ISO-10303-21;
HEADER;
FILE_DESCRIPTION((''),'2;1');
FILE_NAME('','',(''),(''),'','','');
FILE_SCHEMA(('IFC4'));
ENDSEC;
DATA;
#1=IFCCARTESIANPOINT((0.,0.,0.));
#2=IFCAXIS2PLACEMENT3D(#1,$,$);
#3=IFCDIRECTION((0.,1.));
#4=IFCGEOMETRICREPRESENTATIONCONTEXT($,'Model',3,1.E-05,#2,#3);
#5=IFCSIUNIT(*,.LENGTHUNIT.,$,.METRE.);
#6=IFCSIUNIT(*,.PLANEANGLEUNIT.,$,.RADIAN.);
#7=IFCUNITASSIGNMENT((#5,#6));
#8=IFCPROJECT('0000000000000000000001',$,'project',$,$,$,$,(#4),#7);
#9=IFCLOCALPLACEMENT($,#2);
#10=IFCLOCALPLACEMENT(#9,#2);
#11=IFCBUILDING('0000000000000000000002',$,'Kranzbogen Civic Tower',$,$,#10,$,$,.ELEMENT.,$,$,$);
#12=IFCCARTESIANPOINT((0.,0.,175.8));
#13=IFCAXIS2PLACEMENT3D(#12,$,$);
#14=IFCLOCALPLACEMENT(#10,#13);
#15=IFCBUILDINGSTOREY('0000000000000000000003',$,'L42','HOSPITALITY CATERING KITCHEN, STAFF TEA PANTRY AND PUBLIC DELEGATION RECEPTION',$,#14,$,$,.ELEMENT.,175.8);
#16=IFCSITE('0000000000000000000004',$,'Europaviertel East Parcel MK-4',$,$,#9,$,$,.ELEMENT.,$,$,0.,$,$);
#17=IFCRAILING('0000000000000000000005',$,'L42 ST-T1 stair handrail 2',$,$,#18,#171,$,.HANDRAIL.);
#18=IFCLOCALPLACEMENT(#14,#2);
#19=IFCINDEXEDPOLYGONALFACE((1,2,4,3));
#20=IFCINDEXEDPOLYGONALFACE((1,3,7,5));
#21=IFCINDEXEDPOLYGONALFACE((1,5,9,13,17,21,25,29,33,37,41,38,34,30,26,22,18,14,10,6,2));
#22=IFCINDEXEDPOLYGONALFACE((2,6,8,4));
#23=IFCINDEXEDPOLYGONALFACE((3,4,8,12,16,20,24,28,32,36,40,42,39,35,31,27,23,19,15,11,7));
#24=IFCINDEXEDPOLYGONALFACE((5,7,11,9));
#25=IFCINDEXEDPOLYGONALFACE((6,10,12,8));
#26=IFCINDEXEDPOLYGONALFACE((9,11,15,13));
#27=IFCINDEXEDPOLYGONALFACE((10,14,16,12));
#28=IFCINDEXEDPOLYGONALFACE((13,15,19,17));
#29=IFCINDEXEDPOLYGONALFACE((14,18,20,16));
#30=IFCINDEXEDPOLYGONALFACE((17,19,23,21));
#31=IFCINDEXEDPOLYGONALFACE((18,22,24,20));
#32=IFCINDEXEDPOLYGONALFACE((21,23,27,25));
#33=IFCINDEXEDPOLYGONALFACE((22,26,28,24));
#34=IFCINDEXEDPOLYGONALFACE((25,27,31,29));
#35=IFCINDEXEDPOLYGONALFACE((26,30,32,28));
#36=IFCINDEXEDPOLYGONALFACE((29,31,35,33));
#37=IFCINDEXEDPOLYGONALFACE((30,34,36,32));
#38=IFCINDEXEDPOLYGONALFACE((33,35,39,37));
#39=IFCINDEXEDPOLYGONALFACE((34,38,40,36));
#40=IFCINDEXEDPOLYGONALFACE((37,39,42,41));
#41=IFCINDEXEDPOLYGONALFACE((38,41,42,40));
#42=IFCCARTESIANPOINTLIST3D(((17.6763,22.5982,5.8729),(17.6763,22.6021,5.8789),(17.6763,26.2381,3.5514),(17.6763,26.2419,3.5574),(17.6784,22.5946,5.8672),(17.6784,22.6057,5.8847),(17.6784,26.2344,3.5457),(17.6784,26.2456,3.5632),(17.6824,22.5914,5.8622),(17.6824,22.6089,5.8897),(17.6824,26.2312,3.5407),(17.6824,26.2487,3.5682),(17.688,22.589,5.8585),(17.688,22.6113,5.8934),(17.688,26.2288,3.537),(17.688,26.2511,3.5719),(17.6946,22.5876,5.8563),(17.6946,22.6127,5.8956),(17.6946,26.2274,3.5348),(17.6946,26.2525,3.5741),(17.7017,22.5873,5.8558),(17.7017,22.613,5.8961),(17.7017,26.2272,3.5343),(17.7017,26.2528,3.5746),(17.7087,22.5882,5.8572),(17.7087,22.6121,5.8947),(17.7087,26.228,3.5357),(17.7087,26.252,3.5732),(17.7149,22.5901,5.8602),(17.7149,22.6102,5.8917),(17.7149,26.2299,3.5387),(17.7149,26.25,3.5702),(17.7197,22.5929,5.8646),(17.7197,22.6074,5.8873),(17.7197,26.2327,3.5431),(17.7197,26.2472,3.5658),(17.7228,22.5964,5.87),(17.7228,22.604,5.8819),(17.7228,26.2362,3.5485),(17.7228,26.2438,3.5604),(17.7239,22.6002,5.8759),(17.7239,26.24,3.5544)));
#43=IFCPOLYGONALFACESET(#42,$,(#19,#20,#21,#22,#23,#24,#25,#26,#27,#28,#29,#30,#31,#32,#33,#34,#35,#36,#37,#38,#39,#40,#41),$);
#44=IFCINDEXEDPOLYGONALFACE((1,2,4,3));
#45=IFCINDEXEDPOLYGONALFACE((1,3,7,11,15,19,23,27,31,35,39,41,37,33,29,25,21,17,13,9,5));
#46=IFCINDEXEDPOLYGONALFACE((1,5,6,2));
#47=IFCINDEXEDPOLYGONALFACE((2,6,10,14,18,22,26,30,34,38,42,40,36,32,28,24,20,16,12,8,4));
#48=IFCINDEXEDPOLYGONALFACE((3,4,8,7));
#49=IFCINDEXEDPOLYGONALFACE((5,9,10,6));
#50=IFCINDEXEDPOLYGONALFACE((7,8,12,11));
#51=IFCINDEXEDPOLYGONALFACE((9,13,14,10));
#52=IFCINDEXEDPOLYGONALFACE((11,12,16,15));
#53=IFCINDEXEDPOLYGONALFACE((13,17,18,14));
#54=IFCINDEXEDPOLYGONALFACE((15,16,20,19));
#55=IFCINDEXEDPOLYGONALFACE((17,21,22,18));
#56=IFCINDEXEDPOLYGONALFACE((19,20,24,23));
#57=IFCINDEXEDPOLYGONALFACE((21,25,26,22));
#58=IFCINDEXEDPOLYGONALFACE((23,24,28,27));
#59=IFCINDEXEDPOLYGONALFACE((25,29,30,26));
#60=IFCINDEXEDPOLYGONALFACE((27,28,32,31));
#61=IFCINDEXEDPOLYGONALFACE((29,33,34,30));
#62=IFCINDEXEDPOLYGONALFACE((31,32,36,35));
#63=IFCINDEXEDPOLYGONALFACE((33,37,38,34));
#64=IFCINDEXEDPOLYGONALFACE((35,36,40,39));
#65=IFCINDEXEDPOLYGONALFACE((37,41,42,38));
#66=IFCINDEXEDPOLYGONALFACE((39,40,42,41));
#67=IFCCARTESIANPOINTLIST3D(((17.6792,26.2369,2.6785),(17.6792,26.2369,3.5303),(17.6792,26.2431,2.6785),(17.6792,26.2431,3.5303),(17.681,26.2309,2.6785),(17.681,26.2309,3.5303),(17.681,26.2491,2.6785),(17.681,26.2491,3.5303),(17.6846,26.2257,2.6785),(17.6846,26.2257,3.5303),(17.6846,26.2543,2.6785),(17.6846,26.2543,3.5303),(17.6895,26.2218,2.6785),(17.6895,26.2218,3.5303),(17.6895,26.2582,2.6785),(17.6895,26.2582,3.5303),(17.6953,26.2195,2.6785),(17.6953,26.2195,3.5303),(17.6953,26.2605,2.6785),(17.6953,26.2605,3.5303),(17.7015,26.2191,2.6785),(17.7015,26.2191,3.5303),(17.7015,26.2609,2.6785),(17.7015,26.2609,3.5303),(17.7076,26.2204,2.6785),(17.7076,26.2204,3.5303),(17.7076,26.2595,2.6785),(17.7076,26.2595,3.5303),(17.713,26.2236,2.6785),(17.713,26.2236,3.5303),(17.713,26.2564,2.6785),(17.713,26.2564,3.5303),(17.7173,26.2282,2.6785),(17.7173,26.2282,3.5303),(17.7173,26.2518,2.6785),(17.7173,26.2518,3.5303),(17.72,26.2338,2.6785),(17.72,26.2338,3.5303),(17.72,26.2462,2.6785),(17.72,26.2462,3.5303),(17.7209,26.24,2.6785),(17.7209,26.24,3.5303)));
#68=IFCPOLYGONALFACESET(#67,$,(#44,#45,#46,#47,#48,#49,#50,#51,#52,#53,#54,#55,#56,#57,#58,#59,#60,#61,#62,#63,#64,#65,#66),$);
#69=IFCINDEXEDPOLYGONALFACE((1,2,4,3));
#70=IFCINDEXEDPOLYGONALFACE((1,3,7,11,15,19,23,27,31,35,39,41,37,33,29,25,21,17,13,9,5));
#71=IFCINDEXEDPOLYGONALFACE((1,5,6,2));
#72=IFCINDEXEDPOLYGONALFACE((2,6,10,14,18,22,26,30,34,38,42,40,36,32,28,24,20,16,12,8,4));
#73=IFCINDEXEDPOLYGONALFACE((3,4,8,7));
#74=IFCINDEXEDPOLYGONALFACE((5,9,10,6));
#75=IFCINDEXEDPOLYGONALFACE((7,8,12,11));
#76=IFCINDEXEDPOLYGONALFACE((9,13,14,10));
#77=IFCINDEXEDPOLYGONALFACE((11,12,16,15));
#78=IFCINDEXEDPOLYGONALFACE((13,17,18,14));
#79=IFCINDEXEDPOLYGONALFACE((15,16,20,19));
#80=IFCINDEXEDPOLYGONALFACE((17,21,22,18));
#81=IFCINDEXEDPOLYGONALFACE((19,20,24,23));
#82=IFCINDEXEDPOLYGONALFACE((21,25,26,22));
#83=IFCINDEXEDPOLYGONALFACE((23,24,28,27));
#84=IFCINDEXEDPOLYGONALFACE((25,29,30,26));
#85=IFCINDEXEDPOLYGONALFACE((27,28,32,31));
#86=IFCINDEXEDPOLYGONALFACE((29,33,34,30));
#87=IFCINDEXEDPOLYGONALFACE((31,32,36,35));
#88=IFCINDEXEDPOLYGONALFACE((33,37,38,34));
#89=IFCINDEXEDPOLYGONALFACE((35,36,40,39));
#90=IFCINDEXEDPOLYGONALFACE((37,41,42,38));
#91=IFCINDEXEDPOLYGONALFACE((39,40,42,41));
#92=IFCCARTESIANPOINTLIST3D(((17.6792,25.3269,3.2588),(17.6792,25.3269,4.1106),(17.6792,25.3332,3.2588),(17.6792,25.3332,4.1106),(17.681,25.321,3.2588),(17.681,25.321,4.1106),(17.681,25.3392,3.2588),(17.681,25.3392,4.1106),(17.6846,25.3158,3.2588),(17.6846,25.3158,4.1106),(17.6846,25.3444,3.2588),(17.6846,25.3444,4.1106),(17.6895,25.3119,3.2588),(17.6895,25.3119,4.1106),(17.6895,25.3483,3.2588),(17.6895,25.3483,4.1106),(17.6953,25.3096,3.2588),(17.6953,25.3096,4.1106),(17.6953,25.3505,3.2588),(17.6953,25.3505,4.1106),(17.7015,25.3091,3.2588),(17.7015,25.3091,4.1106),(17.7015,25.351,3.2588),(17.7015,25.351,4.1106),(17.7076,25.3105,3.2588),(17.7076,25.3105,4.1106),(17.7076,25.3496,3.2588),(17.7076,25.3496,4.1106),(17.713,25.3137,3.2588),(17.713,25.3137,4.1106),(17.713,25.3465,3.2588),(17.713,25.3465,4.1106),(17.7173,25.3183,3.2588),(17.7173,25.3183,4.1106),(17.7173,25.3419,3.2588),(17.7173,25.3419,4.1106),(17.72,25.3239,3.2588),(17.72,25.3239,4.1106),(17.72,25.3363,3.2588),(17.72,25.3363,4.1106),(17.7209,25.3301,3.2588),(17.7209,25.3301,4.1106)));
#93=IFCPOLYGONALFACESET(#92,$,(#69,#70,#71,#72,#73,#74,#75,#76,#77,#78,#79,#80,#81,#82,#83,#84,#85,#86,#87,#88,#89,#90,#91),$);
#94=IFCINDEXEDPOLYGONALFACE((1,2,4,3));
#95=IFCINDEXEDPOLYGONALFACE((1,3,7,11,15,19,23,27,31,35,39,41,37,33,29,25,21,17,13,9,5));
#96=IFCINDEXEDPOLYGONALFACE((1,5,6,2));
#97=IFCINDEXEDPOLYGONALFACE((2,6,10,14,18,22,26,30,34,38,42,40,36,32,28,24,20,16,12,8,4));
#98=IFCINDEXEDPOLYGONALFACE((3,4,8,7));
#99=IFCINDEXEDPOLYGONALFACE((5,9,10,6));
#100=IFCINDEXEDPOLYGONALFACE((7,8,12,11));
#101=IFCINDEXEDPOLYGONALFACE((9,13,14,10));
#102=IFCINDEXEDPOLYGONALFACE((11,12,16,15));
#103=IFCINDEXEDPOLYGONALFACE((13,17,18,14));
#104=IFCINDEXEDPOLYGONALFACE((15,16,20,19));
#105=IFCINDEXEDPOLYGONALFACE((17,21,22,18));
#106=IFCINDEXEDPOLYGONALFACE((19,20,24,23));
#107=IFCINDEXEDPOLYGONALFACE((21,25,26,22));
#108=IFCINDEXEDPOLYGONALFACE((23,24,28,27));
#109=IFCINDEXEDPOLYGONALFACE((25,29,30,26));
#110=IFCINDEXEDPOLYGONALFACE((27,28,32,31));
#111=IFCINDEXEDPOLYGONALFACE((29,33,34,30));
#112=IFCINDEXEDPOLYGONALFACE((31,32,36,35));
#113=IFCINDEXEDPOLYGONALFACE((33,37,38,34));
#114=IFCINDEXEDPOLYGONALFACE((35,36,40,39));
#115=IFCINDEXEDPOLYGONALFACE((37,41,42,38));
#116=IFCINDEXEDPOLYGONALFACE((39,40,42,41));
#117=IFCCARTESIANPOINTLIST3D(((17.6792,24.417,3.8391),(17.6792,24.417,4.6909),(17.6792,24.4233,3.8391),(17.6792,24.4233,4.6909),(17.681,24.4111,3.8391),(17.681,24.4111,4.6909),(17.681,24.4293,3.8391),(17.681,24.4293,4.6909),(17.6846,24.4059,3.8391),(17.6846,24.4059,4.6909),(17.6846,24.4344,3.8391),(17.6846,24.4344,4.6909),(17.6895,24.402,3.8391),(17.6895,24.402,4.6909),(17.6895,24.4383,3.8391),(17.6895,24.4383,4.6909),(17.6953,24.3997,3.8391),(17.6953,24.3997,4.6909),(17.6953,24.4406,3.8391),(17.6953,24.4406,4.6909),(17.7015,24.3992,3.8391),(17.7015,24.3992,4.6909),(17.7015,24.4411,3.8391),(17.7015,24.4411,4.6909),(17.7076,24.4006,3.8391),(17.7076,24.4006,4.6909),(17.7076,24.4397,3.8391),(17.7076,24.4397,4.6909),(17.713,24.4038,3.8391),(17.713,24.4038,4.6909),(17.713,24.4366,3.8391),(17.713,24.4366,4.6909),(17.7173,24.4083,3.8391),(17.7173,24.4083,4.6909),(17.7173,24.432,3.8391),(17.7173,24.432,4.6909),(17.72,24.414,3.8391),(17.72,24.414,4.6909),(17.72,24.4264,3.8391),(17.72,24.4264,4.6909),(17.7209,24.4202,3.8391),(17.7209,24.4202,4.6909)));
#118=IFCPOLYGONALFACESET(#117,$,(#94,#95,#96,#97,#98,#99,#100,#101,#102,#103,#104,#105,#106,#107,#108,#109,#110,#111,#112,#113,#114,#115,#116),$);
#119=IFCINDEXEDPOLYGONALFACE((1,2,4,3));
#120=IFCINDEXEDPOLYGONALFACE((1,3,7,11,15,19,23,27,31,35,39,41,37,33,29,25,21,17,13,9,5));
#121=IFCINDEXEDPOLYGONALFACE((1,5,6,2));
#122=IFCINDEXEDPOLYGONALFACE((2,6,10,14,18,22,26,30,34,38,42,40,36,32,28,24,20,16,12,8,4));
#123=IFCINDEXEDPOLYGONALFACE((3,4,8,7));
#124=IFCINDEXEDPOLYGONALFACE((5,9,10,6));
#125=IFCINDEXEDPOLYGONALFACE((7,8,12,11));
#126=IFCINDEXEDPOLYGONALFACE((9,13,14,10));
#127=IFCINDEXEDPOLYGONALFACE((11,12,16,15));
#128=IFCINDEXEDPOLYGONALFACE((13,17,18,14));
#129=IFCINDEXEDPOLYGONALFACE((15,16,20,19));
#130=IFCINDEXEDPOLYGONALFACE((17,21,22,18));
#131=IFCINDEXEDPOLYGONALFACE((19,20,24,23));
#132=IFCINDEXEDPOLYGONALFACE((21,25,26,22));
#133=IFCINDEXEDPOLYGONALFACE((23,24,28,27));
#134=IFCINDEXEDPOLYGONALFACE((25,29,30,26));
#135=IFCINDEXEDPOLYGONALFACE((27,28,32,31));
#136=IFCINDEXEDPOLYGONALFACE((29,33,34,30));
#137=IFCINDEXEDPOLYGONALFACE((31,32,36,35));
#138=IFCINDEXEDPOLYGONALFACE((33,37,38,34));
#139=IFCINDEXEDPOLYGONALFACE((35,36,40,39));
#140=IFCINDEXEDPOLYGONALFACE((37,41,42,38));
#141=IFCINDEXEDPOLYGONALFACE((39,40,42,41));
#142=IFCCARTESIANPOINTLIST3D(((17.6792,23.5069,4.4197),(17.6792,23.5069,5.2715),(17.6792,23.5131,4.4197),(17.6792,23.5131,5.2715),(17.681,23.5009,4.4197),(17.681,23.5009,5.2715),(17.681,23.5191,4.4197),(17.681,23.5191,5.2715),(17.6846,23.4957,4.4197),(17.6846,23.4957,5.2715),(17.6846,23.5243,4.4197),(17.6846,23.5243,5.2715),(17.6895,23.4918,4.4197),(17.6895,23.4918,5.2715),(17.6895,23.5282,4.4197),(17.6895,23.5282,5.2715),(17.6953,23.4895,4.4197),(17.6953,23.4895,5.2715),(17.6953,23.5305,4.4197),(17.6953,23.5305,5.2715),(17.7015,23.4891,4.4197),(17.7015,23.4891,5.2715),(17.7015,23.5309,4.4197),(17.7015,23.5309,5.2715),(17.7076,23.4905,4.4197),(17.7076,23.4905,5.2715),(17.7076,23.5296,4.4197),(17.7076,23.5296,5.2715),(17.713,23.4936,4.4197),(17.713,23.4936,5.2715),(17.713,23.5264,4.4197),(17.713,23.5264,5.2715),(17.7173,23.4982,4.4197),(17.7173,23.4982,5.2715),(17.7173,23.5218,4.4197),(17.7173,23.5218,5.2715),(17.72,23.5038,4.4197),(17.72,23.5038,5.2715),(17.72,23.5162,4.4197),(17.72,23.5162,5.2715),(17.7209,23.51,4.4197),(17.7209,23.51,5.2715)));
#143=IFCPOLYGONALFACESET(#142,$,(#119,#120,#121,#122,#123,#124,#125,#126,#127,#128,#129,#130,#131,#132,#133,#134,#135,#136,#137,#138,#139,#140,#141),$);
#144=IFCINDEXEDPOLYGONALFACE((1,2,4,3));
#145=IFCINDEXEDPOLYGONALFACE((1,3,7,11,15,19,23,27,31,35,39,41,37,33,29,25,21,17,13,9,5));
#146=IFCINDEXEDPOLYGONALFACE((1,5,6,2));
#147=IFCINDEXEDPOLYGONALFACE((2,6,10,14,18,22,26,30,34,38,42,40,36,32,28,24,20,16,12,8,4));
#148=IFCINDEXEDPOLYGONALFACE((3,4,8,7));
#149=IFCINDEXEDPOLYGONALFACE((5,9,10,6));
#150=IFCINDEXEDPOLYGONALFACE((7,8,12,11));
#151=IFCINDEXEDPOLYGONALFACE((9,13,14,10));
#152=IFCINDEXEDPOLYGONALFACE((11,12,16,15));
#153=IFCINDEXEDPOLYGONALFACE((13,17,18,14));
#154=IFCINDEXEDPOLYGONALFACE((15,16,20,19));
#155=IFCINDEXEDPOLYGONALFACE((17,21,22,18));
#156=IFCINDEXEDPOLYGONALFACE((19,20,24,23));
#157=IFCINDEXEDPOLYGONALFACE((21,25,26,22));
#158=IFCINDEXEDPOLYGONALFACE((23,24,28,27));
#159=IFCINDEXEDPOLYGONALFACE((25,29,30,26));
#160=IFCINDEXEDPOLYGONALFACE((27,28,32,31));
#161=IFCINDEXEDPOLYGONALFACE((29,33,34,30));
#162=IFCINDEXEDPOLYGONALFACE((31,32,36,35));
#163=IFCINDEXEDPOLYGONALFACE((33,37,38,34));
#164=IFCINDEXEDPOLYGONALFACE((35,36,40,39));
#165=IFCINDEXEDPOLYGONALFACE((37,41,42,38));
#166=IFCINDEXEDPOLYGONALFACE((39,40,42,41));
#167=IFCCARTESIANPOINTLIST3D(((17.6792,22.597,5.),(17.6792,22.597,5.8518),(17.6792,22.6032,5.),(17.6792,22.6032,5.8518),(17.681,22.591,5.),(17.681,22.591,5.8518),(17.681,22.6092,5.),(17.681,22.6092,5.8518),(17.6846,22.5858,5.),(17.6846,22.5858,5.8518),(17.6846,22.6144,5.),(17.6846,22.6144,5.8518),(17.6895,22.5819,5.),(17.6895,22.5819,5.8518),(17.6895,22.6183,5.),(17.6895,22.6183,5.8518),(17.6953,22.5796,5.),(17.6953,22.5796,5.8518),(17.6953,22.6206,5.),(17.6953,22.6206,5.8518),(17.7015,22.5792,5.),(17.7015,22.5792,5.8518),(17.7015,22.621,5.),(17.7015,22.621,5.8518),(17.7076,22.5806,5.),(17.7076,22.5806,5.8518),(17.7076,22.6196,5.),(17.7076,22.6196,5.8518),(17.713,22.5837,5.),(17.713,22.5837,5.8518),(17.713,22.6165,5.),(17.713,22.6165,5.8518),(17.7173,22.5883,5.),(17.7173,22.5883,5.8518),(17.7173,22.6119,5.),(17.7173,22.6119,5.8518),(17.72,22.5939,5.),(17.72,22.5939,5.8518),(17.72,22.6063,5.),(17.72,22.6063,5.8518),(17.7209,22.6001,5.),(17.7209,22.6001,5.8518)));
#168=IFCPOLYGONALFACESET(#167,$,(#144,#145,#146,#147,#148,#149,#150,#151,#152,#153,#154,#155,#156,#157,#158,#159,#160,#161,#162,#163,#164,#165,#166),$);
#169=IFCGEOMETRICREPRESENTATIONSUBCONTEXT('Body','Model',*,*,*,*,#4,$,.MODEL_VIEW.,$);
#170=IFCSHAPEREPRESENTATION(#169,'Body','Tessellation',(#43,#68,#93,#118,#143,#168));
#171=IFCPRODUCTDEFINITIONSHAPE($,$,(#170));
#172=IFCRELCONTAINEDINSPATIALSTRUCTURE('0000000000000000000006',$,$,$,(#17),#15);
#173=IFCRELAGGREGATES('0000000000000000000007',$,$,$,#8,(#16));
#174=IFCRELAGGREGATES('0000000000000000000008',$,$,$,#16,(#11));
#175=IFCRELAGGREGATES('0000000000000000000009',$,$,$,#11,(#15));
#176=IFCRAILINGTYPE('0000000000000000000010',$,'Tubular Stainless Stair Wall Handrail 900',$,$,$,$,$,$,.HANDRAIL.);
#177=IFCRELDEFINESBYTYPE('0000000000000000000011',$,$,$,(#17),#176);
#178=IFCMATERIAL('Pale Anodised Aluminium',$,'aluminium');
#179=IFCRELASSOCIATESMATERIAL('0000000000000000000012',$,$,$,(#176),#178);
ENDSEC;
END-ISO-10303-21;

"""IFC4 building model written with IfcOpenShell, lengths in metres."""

from ifc_helpers import new_model, si_unit, direction, frame, origin, origin_2d, place, context, subcontext, project, spatial, circle, extrude, material, type_object, element, save


model = new_model("IFC4")

# Units and contexts
model_context = context("Model", 3, precision=1e-05, world=origin(), true_north=direction((0.0, 1.0)))
body_context = subcontext(model_context, "Body", "Model", "MODEL_VIEW")
ifc_project = project(units=[si_unit("LENGTHUNIT", "METRE"), si_unit("PLANEANGLEUNIT", "RADIAN")], contexts=[model_context])

# Site, building, storey
site_placement = place(None, origin())
site = spatial("IfcSite", under=ifc_project, at=site_placement, Name="Europaviertel East Parcel MK-4", CompositionType="ELEMENT", RefElevation=0.0)
building_placement = place(site_placement, origin())
building = spatial("IfcBuilding", under=site, at=building_placement, Name="Kranzbogen Civic Tower", CompositionType="ELEMENT")
storey_placement = place(building_placement, frame((0.0, 0.0, 175.8)))
storey = spatial("IfcBuildingStorey", under=building, at=storey_placement, Name="L42", Description="HOSPITALITY CATERING KITCHEN, STAFF TEA PANTRY AND PUBLIC DELEGATION RECEPTION", CompositionType="ELEMENT", Elevation=175.8)

# Railing
ifc_material_1 = material(Name="Pale Anodised Aluminium", Category="aluminium")
railing_type_1 = type_object("IfcRailingType", Name="Tubular Stainless Stair Wall Handrail 900", PredefinedType="HANDRAIL", material=ifc_material_1)
railing_1_placement = place(storey_placement, frame((17.7, 26.24, 2.6785)))
element("IfcRailing", 1, at=railing_1_placement, inside=storey, type_object=railing_type_1, Name="L42 ST-T1 stair handrail 2", PredefinedType="HANDRAIL", context=body_context, shape_type="SweptSolid", body=[
    extrude(circle(Radius=0.0239, at=origin_2d()), frame((0.0, 0.0, 0.876), z_axis=(0.0, -0.843112, 0.537739), x_axis=(1.0, 0.0, 0.0)), (0.0, 0.0, 1.0), 4.3171),
    extrude(circle(Radius=0.021, at=origin_2d()), origin(), (0.0, 0.0, 1.0), 0.8518),
    extrude(circle(Radius=0.021, at=origin_2d()), frame((0.0, -0.9099, 0.5803)), (0.0, 0.0, 1.0), 0.8518),
    extrude(circle(Radius=0.021, at=origin_2d()), frame((0.0, -1.8198, 1.1606)), (0.0, 0.0, 1.0), 0.8518),
    extrude(circle(Radius=0.021, at=origin_2d()), frame((0.0, -2.73, 1.7412)), (0.0, 0.0, 1.0), 0.8518),
    extrude(circle(Radius=0.021, at=origin_2d()), frame((0.0, -3.6399, 2.3215)), (0.0, 0.0, 1.0), 0.8518),
])

save(model, "model.ifc")
